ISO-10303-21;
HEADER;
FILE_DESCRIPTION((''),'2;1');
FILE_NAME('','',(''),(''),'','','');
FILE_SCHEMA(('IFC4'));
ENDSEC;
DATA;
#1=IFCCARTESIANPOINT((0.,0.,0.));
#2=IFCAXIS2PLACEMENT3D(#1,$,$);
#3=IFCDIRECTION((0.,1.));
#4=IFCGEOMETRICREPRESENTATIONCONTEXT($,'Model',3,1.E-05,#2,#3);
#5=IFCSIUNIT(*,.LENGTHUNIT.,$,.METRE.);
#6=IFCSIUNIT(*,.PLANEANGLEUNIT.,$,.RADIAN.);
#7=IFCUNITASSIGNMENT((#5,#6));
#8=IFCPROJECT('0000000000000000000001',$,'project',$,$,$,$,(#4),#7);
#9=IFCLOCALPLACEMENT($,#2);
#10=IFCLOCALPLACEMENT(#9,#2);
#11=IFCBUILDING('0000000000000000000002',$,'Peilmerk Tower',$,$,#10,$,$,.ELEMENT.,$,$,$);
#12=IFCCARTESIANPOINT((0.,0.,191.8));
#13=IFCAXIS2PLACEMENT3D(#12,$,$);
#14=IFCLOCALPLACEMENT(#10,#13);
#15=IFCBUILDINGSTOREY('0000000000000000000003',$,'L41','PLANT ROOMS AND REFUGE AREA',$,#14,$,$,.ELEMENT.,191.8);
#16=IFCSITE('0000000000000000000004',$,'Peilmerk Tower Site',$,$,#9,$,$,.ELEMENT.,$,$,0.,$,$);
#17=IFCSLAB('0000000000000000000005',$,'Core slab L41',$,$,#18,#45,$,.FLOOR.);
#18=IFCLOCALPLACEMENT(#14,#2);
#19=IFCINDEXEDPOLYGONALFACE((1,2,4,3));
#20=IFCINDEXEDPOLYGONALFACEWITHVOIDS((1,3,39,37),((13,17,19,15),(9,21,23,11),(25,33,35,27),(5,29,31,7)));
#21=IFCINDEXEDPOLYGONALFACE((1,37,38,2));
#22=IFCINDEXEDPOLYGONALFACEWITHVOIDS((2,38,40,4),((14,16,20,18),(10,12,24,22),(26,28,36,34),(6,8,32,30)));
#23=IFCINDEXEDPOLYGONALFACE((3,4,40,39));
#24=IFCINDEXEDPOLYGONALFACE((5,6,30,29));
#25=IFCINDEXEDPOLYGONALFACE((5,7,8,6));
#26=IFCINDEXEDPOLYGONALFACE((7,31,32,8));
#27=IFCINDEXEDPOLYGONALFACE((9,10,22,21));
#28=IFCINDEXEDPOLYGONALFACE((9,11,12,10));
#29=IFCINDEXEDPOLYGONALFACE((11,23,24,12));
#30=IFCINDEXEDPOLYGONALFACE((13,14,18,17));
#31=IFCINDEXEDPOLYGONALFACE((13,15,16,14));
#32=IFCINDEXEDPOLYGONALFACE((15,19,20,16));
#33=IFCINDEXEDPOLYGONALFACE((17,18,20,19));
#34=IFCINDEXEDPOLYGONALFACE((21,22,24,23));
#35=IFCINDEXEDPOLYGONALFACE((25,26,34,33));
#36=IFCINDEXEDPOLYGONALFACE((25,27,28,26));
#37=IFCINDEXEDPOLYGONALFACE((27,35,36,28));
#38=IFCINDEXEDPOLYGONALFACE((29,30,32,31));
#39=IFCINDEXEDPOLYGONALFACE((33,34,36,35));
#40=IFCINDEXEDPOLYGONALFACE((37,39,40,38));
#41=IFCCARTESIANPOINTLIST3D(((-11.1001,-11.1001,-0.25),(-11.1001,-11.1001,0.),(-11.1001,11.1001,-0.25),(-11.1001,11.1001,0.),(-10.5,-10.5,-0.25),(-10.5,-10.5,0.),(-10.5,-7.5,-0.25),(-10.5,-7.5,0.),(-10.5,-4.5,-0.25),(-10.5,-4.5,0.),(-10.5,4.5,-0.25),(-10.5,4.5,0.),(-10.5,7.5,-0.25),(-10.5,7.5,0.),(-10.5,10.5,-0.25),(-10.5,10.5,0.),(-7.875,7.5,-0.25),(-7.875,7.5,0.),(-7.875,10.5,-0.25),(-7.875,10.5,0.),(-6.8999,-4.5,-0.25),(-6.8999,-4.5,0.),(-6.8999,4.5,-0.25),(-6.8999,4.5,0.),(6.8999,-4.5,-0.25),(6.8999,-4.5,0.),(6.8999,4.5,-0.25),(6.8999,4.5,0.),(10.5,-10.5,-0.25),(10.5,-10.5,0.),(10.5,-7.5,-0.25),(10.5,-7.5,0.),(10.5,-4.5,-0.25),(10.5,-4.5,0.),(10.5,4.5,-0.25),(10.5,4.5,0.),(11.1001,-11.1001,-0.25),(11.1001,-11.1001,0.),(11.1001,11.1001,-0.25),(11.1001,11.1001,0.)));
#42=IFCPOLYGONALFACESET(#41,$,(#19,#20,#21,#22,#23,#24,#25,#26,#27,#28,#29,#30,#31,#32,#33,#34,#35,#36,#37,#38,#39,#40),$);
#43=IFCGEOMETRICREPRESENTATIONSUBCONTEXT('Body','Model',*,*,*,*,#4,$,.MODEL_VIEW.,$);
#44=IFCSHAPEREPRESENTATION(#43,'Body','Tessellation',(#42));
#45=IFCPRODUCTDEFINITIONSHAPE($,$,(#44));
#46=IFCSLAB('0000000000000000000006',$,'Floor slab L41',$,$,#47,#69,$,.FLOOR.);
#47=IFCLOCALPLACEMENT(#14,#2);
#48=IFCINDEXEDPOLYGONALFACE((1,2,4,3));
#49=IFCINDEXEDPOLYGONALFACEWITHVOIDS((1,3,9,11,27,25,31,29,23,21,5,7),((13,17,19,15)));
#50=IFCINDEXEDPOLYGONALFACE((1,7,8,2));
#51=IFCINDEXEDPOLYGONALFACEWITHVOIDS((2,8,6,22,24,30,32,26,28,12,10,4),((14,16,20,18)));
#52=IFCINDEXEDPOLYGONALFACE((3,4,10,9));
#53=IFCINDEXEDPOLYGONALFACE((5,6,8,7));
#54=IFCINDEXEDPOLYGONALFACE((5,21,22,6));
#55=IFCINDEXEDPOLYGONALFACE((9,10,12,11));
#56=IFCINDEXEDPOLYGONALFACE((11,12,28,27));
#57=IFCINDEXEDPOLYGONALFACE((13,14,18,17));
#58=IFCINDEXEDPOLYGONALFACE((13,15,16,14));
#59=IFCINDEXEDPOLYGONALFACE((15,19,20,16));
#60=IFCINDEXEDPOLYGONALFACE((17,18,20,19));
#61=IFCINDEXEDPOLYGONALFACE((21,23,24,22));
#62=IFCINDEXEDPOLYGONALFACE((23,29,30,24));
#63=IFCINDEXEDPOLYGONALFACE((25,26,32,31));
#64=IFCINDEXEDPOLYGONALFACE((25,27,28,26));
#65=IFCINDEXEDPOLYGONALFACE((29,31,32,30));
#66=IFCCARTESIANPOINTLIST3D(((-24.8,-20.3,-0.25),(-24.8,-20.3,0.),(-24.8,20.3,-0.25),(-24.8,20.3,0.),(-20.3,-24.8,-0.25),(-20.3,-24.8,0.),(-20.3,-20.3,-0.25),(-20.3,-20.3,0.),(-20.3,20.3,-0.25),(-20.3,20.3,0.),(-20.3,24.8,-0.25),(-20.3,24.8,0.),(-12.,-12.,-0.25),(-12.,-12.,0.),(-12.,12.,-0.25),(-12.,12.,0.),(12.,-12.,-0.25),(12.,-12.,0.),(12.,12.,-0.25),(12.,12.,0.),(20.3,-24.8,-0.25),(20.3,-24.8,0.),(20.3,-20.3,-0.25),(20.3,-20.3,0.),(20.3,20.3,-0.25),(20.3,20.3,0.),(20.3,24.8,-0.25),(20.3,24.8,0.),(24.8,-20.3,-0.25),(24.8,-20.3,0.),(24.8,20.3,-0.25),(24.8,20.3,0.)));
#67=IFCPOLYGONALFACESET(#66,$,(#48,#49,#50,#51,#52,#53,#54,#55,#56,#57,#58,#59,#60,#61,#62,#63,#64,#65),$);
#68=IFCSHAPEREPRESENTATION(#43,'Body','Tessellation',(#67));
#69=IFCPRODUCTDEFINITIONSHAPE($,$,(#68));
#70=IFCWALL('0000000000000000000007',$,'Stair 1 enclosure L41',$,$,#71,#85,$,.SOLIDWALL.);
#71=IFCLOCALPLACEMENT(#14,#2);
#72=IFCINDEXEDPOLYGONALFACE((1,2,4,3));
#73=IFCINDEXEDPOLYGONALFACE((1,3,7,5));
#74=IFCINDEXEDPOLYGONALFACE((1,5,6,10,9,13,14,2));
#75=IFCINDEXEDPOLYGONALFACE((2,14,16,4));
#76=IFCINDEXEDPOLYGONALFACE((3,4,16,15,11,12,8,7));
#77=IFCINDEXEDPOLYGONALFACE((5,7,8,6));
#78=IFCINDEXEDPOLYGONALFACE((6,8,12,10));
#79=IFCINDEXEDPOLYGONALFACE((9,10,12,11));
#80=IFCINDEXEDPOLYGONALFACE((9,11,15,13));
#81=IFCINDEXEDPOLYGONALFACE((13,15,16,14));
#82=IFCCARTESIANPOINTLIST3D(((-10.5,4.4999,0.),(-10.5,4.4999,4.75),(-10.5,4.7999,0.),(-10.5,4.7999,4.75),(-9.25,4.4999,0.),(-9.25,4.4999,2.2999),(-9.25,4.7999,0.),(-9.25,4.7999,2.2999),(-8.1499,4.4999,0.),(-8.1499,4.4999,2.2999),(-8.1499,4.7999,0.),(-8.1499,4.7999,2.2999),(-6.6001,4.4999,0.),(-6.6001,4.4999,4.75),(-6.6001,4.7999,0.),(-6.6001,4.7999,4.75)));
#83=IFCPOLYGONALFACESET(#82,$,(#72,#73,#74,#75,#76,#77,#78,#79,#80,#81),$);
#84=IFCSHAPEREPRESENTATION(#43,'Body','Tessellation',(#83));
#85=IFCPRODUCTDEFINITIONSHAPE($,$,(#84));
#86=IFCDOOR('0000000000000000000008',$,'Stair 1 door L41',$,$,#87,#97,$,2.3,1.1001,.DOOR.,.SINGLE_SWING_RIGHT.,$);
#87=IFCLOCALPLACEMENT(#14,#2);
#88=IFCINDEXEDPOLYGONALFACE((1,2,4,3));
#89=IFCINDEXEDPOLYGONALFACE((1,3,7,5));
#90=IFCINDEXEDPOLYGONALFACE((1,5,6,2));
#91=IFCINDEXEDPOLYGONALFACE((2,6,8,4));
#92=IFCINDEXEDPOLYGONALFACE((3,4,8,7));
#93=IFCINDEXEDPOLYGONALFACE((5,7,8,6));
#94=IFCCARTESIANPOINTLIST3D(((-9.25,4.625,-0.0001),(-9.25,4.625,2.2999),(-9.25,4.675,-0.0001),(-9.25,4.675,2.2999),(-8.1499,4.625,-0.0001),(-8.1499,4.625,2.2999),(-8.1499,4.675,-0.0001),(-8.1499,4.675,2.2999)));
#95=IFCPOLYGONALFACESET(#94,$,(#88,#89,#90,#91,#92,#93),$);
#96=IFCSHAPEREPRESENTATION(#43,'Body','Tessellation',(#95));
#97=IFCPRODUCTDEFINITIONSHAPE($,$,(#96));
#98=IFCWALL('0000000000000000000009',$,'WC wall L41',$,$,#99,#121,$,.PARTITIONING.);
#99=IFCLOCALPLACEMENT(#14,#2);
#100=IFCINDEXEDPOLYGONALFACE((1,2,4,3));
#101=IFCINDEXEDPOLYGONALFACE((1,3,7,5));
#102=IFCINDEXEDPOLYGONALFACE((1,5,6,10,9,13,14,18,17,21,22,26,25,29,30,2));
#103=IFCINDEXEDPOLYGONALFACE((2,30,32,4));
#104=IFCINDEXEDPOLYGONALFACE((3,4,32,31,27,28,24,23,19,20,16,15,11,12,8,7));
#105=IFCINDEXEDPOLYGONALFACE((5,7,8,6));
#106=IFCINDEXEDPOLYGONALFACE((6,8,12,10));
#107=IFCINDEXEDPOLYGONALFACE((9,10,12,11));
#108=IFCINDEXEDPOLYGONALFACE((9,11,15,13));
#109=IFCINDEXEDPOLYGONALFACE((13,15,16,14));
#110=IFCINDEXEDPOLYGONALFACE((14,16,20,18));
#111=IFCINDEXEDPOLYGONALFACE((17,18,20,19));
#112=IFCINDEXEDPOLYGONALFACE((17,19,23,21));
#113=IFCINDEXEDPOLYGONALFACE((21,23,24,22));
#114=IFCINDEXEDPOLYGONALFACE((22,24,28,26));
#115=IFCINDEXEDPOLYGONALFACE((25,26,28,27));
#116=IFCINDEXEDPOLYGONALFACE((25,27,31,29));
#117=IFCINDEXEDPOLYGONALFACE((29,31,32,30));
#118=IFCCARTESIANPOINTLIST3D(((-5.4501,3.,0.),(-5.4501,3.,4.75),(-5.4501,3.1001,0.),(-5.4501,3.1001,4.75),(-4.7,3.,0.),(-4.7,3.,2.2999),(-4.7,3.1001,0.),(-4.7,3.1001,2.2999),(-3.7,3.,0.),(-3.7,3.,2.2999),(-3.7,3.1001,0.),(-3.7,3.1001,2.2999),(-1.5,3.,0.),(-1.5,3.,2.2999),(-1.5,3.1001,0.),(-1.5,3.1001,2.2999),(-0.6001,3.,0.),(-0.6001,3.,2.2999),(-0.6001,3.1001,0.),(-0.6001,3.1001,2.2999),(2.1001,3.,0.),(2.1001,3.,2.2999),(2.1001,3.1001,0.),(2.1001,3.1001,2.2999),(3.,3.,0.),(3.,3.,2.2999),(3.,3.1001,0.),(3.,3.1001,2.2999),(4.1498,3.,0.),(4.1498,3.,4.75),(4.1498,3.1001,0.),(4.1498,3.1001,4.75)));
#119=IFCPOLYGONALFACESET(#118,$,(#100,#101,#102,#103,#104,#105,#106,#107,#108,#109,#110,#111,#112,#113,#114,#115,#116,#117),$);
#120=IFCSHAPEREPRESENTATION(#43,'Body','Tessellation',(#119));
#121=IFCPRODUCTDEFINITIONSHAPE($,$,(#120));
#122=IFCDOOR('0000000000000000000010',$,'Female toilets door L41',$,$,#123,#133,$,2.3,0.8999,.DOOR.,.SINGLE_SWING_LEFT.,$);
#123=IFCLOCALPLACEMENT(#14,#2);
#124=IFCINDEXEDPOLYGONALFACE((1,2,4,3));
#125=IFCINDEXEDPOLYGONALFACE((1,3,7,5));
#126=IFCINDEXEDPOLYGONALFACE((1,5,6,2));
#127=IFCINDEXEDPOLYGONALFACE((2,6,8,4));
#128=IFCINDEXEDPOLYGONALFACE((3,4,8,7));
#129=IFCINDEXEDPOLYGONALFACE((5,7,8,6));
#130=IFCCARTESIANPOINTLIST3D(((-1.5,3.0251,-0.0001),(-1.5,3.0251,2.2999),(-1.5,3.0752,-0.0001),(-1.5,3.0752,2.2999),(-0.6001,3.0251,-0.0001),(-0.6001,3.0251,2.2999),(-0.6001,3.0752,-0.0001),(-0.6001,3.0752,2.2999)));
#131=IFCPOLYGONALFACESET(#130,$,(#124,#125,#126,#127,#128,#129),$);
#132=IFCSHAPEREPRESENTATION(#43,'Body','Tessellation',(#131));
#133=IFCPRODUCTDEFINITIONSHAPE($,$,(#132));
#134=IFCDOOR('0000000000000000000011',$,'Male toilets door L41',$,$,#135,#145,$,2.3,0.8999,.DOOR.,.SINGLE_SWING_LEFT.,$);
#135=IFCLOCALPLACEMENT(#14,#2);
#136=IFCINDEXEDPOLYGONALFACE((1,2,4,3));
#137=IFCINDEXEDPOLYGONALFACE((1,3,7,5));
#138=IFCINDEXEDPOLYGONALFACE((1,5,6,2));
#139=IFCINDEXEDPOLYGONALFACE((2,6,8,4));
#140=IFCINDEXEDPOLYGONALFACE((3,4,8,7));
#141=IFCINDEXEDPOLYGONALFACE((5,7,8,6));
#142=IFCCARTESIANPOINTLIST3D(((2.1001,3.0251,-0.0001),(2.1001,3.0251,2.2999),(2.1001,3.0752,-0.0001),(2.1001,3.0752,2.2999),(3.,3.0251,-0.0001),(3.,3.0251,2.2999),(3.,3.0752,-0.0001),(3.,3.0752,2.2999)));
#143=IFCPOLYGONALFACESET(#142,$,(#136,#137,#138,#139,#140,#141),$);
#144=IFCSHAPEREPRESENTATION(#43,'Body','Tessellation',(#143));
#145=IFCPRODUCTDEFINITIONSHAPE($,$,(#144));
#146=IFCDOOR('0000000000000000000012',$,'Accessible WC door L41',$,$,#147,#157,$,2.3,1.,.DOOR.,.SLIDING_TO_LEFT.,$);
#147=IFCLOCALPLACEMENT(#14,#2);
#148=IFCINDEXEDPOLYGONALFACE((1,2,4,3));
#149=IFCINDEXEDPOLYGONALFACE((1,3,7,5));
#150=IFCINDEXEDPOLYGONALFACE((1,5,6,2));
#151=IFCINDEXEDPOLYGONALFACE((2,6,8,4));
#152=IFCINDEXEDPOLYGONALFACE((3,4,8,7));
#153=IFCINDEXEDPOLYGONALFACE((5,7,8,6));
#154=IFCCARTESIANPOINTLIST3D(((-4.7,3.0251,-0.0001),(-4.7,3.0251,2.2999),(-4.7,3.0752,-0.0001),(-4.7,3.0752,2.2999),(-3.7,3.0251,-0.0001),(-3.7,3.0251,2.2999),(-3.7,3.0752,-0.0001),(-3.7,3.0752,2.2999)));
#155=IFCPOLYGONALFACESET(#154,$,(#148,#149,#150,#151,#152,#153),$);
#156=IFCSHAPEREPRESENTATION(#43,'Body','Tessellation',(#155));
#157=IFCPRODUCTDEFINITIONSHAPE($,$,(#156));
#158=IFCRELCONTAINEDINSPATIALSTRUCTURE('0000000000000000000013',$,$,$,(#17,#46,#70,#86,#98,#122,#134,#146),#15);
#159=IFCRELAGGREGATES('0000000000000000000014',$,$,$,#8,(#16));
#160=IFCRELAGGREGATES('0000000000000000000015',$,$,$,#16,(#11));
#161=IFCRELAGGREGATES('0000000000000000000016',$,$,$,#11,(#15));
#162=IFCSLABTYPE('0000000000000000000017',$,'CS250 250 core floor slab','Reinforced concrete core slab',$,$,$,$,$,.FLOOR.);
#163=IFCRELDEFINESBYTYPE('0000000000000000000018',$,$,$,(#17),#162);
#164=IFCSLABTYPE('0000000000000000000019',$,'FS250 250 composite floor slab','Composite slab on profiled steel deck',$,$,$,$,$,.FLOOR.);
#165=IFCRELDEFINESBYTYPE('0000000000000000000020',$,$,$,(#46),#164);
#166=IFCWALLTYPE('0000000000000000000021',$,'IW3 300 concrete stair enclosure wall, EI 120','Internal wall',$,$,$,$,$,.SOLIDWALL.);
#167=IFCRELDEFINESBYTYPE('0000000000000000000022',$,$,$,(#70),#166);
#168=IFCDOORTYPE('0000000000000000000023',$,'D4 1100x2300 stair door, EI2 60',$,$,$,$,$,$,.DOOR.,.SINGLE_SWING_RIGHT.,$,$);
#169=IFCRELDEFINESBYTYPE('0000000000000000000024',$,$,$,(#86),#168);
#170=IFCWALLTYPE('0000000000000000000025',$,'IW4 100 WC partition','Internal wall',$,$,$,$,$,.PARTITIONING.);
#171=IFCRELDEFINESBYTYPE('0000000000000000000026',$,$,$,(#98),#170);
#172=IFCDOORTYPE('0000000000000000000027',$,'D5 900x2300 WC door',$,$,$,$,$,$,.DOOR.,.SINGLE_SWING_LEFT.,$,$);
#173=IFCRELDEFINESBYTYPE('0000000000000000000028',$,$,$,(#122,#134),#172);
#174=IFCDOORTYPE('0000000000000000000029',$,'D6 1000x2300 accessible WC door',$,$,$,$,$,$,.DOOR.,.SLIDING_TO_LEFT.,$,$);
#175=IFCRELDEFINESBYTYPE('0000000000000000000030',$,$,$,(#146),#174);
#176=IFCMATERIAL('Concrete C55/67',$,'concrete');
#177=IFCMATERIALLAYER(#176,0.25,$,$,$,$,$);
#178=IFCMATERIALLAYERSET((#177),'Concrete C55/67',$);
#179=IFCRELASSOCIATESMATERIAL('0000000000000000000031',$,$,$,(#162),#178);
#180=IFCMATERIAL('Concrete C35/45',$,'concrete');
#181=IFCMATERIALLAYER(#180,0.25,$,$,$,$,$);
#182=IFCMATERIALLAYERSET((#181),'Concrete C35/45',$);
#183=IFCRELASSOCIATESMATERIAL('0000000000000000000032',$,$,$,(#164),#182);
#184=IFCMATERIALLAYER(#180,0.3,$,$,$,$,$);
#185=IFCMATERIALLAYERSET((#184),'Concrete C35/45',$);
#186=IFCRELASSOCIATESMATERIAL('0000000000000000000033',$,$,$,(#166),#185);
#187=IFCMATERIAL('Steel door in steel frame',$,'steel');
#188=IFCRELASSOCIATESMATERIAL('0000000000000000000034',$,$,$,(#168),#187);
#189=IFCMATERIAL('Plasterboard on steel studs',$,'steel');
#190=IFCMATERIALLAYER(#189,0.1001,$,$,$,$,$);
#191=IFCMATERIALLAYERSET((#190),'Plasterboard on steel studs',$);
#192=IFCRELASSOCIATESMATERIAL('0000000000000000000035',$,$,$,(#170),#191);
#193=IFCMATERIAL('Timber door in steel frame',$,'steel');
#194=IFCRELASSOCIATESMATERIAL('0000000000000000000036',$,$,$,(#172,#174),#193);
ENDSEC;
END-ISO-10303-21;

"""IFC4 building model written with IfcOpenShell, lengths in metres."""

from ifc_helpers import new_model, si_unit, direction, frame, frame_2d, origin, place, context, subcontext, project, spatial, polyline, rectangle, outline, extrude, material, layer, layer_set, type_object, element, fill, save


model = new_model("IFC4")

# Units and contexts
model_context = context("Model", 3, precision=1e-05, world=origin(), true_north=direction((0.0, 1.0)))
body_context = subcontext(model_context, "Body", "Model", "MODEL_VIEW")
ifc_project = project(units=[si_unit("LENGTHUNIT", "METRE"), si_unit("PLANEANGLEUNIT", "RADIAN")], contexts=[model_context])

# Site, building, storey
site_placement = place(None, origin())
site = spatial("IfcSite", under=ifc_project, at=site_placement, Name="Peilmerk Tower Site", CompositionType="ELEMENT", RefElevation=0.0)
building_placement = place(site_placement, origin())
building = spatial("IfcBuilding", under=site, at=building_placement, Name="Peilmerk Tower", CompositionType="ELEMENT")
storey_placement = place(building_placement, frame((0.0, 0.0, 191.8)))
storey = spatial("IfcBuildingStorey", under=building, at=storey_placement, Name="L41", Description="PLANT ROOMS AND REFUGE AREA", CompositionType="ELEMENT", Elevation=191.8)

# Slabs
ifc_material_1 = material(Name="Concrete C55/67", Category="concrete")
ifc_layer_1 = layer(ifc_material_1, 0.25)
ifc_layer_set_1 = layer_set([ifc_layer_1], Name="Concrete C55/67")
slab_type_1 = type_object("IfcSlabType", Name="CS250 250 core floor slab", Description="Reinforced concrete core slab", PredefinedType="FLOOR", material=ifc_layer_set_1)
slab_1_placement = place(storey_placement, frame((0.0, 0.0, -0.25)))
element("IfcSlab", 1, at=slab_1_placement, inside=storey, type_object=slab_type_1, Name="Core slab L41", PredefinedType="FLOOR", context=body_context, shape_type="SweptSolid", body=[
    extrude(outline(polyline([(11.1001, 11.1001), (-11.1001, 11.1001), (-11.1001, -11.1001), (11.1001, -11.1001), (11.1001, 11.1001)]), holes=[polyline([(-10.5, 7.5), (-10.5, 10.5), (-7.875, 10.5), (-7.875, 7.5), (-10.5, 7.5)]), polyline([(-10.5, -10.5), (-10.5, -7.5), (10.5, -7.5), (10.5, -10.5), (-10.5, -10.5)]), polyline([(-10.5, 4.5), (-6.8999, 4.5), (-6.8999, -4.5), (-10.5, -4.5), (-10.5, 4.5)]), polyline([(10.5, 4.5), (10.5, -4.5), (6.8999, -4.5), (6.8999, 4.5), (10.5, 4.5)])]), origin(), (0.0, 0.0, 1.0), 0.25),
])
ifc_material_2 = material(Name="Concrete C35/45", Category="concrete")
ifc_layer_2 = layer(ifc_material_2, 0.25)
ifc_layer_set_2 = layer_set([ifc_layer_2], Name="Concrete C35/45")
slab_type_2 = type_object("IfcSlabType", Name="FS250 250 composite floor slab", Description="Composite slab on profiled steel deck", PredefinedType="FLOOR", material=ifc_layer_set_2)
slab_2_placement = place(storey_placement, frame((0.0, 0.0, -0.25)))
element("IfcSlab", 2, at=slab_2_placement, inside=storey, type_object=slab_type_2, Name="Floor slab L41", PredefinedType="FLOOR", context=body_context, shape_type="SweptSolid", body=[
    extrude(outline(polyline([(-20.3, -24.8), (20.3, -24.8), (20.3, -20.3), (24.8, -20.3), (24.8, 20.3), (20.3, 20.3), (20.3, 24.8), (-20.3, 24.8), (-20.3, 20.3), (-24.8, 20.3), (-24.8, -20.3), (-20.3, -20.3), (-20.3, -24.8)]), holes=[polyline([(12.0, 12.0), (12.0, -12.0), (-12.0, -12.0), (-12.0, 12.0), (12.0, 12.0)])]), origin(), (0.0, 0.0, 1.0), 0.25),
])

# Wall, opening, door
ifc_layer_3 = layer(ifc_material_2, 0.3)
ifc_layer_set_3 = layer_set([ifc_layer_3], Name="Concrete C35/45")
wall_type_1 = type_object("IfcWallType", Name="IW3 300 concrete stair enclosure wall, EI 120", Description="Internal wall", PredefinedType="SOLIDWALL", material=ifc_layer_set_3)
wall_1_placement = place(storey_placement, frame((-10.5, 4.6499, 0.0), z_axis=(0.0, 0.0, 1.0), x_axis=(1.0, 0.0, 0.0)))
wall_1 = element("IfcWall", 3, at=wall_1_placement, inside=storey, type_object=wall_type_1, Name="Stair 1 enclosure L41", PredefinedType="SOLIDWALL", context=body_context, shape_type="SweptSolid", body=[
    extrude(rectangle(XDim=3.8999, YDim=0.3, at=frame_2d((1.95, 0.0))), origin(), (0.0, 0.0, 1.0), 4.75),
])
opening_1_placement = place(wall_1_placement, frame((1.25, 0.0, 0.0)))
opening_1 = element("IfcOpeningElement", 4, at=opening_1_placement, cuts=wall_1, PredefinedType="OPENING", context=body_context, shape_type="SweptSolid", body=[
    extrude(rectangle(XDim=1.1001, YDim=2.3, at=frame_2d((0.55, 1.1499))), frame((0.0, 0.1599, 0.0), z_axis=(0.0, -1.0, 0.0), x_axis=(1.0, 0.0, 0.0)), (0.0, 0.0, 1.0), 0.3201),
])
ifc_material_3 = material(Name="Steel door in steel frame", Category="steel")
door_type_1 = type_object("IfcDoorType", Name="D4 1100x2300 stair door, EI2 60", OperationType="SINGLE_SWING_RIGHT", PredefinedType="DOOR", material=ifc_material_3)
door_1_placement = place(opening_1_placement, frame((1.1001, 0.0, 0.0), z_axis=(0.0, 0.0, 1.0), x_axis=(-1.0, 0.0, 0.0)))
door_1 = element("IfcDoor", 5, at=door_1_placement, inside=storey, type_object=door_type_1, Name="Stair 1 door L41", OperationType="SINGLE_SWING_RIGHT", OverallHeight=2.3, OverallWidth=1.1001, PredefinedType="DOOR", context=body_context, shape_type="SweptSolid", body=[
    extrude(rectangle(XDim=1.1001, YDim=2.3, at=frame_2d((0.55, 1.1499))), frame((0.0, 0.0249, 0.0), z_axis=(0.0, -1.0, 0.0), x_axis=(1.0, 0.0, 0.0)), (0.0, 0.0, 1.0), 0.05),
])
fill(opening_1, door_1)

# Wall, openings, doors
ifc_material_4 = material(Name="Plasterboard on steel studs", Category="steel")
ifc_layer_4 = layer(ifc_material_4, 0.1001)
ifc_layer_set_4 = layer_set([ifc_layer_4], Name="Plasterboard on steel studs")
wall_type_2 = type_object("IfcWallType", Name="IW4 100 WC partition", Description="Internal wall", PredefinedType="PARTITIONING", material=ifc_layer_set_4)
wall_2_placement = place(storey_placement, frame((-5.45, 3.05, 0.0), z_axis=(0.0, 0.0, 1.0), x_axis=(1.0, 0.0, 0.0)))
wall_2 = element("IfcWall", 6, at=wall_2_placement, inside=storey, type_object=wall_type_2, Name="WC wall L41", PredefinedType="PARTITIONING", context=body_context, shape_type="SweptSolid", body=[
    extrude(rectangle(XDim=9.5999, YDim=0.1001, at=frame_2d((4.7998, 0.0))), origin(), (0.0, 0.0, 1.0), 4.75),
])
opening_2_placement = place(wall_2_placement, frame((0.75, 0.0, 0.0)))
opening_2 = element("IfcOpeningElement", 7, at=opening_2_placement, cuts=wall_2, PredefinedType="OPENING", context=body_context, shape_type="SweptSolid", body=[
    extrude(rectangle(XDim=1.0, YDim=2.3, at=frame_2d((0.5, 1.1499))), frame((0.0, 0.0601, 0.0), z_axis=(0.0, -1.0, 0.0), x_axis=(1.0, 0.0, 0.0)), (0.0, 0.0, 1.0), 0.1201),
])
opening_3_placement = place(wall_2_placement, frame((3.95, 0.0, 0.0)))
opening_3 = element("IfcOpeningElement", 8, at=opening_3_placement, cuts=wall_2, PredefinedType="OPENING", context=body_context, shape_type="SweptSolid", body=[
    extrude(rectangle(XDim=0.8999, YDim=2.3, at=frame_2d((0.45, 1.1499))), frame((0.0, 0.0601, 0.0), z_axis=(0.0, -1.0, 0.0), x_axis=(1.0, 0.0, 0.0)), (0.0, 0.0, 1.0), 0.1201),
])
opening_4_placement = place(wall_2_placement, frame((7.55, 0.0, 0.0)))
opening_4 = element("IfcOpeningElement", 9, at=opening_4_placement, cuts=wall_2, PredefinedType="OPENING", context=body_context, shape_type="SweptSolid", body=[
    extrude(rectangle(XDim=0.8999, YDim=2.3, at=frame_2d((0.45, 1.1499))), frame((0.0, 0.0601, 0.0), z_axis=(0.0, -1.0, 0.0), x_axis=(1.0, 0.0, 0.0)), (0.0, 0.0, 1.0), 0.1201),
])
ifc_material_5 = material(Name="Timber door in steel frame", Category="steel")
door_type_2 = type_object("IfcDoorType", Name="D5 900x2300 WC door", OperationType="SINGLE_SWING_LEFT", PredefinedType="DOOR", material=ifc_material_5)
door_2_placement = place(opening_3_placement, frame((0.8999, 0.0, 0.0), z_axis=(0.0, 0.0, 1.0), x_axis=(-1.0, 0.0, 0.0)))
door_2 = element("IfcDoor", 10, at=door_2_placement, inside=storey, type_object=door_type_2, Name="Female toilets door L41", OperationType="SINGLE_SWING_LEFT", OverallHeight=2.3, OverallWidth=0.8999, PredefinedType="DOOR", context=body_context, shape_type="SweptSolid", body=[
    extrude(rectangle(XDim=0.8999, YDim=2.3, at=frame_2d((0.45, 1.1499))), frame((0.0, 0.0249, 0.0), z_axis=(0.0, -1.0, 0.0), x_axis=(1.0, 0.0, 0.0)), (0.0, 0.0, 1.0), 0.05),
])
fill(opening_3, door_2)
door_3_placement = place(opening_4_placement, frame((0.8999, 0.0, 0.0), z_axis=(0.0, 0.0, 1.0), x_axis=(-1.0, 0.0, 0.0)))
door_3 = element("IfcDoor", 11, at=door_3_placement, inside=storey, type_object=door_type_2, Name="Male toilets door L41", OperationType="SINGLE_SWING_LEFT", OverallHeight=2.3, OverallWidth=0.8999, PredefinedType="DOOR", context=body_context, shape_type="SweptSolid", body=[
    extrude(rectangle(XDim=0.8999, YDim=2.3, at=frame_2d((0.45, 1.1499))), frame((0.0, 0.0249, 0.0), z_axis=(0.0, -1.0, 0.0), x_axis=(1.0, 0.0, 0.0)), (0.0, 0.0, 1.0), 0.05),
])
fill(opening_4, door_3)
door_type_3 = type_object("IfcDoorType", Name="D6 1000x2300 accessible WC door", OperationType="SLIDING_TO_LEFT", PredefinedType="DOOR", material=ifc_material_5)
door_4_placement = place(opening_2_placement, frame((1.0, 0.0, 0.0), z_axis=(0.0, 0.0, 1.0), x_axis=(-1.0, 0.0, 0.0)))
door_4 = element("IfcDoor", 12, at=door_4_placement, inside=storey, type_object=door_type_3, Name="Accessible WC door L41", OperationType="SLIDING_TO_LEFT", OverallHeight=2.3, OverallWidth=1.0, PredefinedType="DOOR", context=body_context, shape_type="SweptSolid", body=[
    extrude(rectangle(XDim=1.0, YDim=2.3, at=frame_2d((0.5, 1.1499))), frame((0.0, 0.0249, 0.0), z_axis=(0.0, -1.0, 0.0), x_axis=(1.0, 0.0, 0.0)), (0.0, 0.0, 1.0), 0.05),
])
fill(opening_2, door_4)

save(model, "model.ifc")
